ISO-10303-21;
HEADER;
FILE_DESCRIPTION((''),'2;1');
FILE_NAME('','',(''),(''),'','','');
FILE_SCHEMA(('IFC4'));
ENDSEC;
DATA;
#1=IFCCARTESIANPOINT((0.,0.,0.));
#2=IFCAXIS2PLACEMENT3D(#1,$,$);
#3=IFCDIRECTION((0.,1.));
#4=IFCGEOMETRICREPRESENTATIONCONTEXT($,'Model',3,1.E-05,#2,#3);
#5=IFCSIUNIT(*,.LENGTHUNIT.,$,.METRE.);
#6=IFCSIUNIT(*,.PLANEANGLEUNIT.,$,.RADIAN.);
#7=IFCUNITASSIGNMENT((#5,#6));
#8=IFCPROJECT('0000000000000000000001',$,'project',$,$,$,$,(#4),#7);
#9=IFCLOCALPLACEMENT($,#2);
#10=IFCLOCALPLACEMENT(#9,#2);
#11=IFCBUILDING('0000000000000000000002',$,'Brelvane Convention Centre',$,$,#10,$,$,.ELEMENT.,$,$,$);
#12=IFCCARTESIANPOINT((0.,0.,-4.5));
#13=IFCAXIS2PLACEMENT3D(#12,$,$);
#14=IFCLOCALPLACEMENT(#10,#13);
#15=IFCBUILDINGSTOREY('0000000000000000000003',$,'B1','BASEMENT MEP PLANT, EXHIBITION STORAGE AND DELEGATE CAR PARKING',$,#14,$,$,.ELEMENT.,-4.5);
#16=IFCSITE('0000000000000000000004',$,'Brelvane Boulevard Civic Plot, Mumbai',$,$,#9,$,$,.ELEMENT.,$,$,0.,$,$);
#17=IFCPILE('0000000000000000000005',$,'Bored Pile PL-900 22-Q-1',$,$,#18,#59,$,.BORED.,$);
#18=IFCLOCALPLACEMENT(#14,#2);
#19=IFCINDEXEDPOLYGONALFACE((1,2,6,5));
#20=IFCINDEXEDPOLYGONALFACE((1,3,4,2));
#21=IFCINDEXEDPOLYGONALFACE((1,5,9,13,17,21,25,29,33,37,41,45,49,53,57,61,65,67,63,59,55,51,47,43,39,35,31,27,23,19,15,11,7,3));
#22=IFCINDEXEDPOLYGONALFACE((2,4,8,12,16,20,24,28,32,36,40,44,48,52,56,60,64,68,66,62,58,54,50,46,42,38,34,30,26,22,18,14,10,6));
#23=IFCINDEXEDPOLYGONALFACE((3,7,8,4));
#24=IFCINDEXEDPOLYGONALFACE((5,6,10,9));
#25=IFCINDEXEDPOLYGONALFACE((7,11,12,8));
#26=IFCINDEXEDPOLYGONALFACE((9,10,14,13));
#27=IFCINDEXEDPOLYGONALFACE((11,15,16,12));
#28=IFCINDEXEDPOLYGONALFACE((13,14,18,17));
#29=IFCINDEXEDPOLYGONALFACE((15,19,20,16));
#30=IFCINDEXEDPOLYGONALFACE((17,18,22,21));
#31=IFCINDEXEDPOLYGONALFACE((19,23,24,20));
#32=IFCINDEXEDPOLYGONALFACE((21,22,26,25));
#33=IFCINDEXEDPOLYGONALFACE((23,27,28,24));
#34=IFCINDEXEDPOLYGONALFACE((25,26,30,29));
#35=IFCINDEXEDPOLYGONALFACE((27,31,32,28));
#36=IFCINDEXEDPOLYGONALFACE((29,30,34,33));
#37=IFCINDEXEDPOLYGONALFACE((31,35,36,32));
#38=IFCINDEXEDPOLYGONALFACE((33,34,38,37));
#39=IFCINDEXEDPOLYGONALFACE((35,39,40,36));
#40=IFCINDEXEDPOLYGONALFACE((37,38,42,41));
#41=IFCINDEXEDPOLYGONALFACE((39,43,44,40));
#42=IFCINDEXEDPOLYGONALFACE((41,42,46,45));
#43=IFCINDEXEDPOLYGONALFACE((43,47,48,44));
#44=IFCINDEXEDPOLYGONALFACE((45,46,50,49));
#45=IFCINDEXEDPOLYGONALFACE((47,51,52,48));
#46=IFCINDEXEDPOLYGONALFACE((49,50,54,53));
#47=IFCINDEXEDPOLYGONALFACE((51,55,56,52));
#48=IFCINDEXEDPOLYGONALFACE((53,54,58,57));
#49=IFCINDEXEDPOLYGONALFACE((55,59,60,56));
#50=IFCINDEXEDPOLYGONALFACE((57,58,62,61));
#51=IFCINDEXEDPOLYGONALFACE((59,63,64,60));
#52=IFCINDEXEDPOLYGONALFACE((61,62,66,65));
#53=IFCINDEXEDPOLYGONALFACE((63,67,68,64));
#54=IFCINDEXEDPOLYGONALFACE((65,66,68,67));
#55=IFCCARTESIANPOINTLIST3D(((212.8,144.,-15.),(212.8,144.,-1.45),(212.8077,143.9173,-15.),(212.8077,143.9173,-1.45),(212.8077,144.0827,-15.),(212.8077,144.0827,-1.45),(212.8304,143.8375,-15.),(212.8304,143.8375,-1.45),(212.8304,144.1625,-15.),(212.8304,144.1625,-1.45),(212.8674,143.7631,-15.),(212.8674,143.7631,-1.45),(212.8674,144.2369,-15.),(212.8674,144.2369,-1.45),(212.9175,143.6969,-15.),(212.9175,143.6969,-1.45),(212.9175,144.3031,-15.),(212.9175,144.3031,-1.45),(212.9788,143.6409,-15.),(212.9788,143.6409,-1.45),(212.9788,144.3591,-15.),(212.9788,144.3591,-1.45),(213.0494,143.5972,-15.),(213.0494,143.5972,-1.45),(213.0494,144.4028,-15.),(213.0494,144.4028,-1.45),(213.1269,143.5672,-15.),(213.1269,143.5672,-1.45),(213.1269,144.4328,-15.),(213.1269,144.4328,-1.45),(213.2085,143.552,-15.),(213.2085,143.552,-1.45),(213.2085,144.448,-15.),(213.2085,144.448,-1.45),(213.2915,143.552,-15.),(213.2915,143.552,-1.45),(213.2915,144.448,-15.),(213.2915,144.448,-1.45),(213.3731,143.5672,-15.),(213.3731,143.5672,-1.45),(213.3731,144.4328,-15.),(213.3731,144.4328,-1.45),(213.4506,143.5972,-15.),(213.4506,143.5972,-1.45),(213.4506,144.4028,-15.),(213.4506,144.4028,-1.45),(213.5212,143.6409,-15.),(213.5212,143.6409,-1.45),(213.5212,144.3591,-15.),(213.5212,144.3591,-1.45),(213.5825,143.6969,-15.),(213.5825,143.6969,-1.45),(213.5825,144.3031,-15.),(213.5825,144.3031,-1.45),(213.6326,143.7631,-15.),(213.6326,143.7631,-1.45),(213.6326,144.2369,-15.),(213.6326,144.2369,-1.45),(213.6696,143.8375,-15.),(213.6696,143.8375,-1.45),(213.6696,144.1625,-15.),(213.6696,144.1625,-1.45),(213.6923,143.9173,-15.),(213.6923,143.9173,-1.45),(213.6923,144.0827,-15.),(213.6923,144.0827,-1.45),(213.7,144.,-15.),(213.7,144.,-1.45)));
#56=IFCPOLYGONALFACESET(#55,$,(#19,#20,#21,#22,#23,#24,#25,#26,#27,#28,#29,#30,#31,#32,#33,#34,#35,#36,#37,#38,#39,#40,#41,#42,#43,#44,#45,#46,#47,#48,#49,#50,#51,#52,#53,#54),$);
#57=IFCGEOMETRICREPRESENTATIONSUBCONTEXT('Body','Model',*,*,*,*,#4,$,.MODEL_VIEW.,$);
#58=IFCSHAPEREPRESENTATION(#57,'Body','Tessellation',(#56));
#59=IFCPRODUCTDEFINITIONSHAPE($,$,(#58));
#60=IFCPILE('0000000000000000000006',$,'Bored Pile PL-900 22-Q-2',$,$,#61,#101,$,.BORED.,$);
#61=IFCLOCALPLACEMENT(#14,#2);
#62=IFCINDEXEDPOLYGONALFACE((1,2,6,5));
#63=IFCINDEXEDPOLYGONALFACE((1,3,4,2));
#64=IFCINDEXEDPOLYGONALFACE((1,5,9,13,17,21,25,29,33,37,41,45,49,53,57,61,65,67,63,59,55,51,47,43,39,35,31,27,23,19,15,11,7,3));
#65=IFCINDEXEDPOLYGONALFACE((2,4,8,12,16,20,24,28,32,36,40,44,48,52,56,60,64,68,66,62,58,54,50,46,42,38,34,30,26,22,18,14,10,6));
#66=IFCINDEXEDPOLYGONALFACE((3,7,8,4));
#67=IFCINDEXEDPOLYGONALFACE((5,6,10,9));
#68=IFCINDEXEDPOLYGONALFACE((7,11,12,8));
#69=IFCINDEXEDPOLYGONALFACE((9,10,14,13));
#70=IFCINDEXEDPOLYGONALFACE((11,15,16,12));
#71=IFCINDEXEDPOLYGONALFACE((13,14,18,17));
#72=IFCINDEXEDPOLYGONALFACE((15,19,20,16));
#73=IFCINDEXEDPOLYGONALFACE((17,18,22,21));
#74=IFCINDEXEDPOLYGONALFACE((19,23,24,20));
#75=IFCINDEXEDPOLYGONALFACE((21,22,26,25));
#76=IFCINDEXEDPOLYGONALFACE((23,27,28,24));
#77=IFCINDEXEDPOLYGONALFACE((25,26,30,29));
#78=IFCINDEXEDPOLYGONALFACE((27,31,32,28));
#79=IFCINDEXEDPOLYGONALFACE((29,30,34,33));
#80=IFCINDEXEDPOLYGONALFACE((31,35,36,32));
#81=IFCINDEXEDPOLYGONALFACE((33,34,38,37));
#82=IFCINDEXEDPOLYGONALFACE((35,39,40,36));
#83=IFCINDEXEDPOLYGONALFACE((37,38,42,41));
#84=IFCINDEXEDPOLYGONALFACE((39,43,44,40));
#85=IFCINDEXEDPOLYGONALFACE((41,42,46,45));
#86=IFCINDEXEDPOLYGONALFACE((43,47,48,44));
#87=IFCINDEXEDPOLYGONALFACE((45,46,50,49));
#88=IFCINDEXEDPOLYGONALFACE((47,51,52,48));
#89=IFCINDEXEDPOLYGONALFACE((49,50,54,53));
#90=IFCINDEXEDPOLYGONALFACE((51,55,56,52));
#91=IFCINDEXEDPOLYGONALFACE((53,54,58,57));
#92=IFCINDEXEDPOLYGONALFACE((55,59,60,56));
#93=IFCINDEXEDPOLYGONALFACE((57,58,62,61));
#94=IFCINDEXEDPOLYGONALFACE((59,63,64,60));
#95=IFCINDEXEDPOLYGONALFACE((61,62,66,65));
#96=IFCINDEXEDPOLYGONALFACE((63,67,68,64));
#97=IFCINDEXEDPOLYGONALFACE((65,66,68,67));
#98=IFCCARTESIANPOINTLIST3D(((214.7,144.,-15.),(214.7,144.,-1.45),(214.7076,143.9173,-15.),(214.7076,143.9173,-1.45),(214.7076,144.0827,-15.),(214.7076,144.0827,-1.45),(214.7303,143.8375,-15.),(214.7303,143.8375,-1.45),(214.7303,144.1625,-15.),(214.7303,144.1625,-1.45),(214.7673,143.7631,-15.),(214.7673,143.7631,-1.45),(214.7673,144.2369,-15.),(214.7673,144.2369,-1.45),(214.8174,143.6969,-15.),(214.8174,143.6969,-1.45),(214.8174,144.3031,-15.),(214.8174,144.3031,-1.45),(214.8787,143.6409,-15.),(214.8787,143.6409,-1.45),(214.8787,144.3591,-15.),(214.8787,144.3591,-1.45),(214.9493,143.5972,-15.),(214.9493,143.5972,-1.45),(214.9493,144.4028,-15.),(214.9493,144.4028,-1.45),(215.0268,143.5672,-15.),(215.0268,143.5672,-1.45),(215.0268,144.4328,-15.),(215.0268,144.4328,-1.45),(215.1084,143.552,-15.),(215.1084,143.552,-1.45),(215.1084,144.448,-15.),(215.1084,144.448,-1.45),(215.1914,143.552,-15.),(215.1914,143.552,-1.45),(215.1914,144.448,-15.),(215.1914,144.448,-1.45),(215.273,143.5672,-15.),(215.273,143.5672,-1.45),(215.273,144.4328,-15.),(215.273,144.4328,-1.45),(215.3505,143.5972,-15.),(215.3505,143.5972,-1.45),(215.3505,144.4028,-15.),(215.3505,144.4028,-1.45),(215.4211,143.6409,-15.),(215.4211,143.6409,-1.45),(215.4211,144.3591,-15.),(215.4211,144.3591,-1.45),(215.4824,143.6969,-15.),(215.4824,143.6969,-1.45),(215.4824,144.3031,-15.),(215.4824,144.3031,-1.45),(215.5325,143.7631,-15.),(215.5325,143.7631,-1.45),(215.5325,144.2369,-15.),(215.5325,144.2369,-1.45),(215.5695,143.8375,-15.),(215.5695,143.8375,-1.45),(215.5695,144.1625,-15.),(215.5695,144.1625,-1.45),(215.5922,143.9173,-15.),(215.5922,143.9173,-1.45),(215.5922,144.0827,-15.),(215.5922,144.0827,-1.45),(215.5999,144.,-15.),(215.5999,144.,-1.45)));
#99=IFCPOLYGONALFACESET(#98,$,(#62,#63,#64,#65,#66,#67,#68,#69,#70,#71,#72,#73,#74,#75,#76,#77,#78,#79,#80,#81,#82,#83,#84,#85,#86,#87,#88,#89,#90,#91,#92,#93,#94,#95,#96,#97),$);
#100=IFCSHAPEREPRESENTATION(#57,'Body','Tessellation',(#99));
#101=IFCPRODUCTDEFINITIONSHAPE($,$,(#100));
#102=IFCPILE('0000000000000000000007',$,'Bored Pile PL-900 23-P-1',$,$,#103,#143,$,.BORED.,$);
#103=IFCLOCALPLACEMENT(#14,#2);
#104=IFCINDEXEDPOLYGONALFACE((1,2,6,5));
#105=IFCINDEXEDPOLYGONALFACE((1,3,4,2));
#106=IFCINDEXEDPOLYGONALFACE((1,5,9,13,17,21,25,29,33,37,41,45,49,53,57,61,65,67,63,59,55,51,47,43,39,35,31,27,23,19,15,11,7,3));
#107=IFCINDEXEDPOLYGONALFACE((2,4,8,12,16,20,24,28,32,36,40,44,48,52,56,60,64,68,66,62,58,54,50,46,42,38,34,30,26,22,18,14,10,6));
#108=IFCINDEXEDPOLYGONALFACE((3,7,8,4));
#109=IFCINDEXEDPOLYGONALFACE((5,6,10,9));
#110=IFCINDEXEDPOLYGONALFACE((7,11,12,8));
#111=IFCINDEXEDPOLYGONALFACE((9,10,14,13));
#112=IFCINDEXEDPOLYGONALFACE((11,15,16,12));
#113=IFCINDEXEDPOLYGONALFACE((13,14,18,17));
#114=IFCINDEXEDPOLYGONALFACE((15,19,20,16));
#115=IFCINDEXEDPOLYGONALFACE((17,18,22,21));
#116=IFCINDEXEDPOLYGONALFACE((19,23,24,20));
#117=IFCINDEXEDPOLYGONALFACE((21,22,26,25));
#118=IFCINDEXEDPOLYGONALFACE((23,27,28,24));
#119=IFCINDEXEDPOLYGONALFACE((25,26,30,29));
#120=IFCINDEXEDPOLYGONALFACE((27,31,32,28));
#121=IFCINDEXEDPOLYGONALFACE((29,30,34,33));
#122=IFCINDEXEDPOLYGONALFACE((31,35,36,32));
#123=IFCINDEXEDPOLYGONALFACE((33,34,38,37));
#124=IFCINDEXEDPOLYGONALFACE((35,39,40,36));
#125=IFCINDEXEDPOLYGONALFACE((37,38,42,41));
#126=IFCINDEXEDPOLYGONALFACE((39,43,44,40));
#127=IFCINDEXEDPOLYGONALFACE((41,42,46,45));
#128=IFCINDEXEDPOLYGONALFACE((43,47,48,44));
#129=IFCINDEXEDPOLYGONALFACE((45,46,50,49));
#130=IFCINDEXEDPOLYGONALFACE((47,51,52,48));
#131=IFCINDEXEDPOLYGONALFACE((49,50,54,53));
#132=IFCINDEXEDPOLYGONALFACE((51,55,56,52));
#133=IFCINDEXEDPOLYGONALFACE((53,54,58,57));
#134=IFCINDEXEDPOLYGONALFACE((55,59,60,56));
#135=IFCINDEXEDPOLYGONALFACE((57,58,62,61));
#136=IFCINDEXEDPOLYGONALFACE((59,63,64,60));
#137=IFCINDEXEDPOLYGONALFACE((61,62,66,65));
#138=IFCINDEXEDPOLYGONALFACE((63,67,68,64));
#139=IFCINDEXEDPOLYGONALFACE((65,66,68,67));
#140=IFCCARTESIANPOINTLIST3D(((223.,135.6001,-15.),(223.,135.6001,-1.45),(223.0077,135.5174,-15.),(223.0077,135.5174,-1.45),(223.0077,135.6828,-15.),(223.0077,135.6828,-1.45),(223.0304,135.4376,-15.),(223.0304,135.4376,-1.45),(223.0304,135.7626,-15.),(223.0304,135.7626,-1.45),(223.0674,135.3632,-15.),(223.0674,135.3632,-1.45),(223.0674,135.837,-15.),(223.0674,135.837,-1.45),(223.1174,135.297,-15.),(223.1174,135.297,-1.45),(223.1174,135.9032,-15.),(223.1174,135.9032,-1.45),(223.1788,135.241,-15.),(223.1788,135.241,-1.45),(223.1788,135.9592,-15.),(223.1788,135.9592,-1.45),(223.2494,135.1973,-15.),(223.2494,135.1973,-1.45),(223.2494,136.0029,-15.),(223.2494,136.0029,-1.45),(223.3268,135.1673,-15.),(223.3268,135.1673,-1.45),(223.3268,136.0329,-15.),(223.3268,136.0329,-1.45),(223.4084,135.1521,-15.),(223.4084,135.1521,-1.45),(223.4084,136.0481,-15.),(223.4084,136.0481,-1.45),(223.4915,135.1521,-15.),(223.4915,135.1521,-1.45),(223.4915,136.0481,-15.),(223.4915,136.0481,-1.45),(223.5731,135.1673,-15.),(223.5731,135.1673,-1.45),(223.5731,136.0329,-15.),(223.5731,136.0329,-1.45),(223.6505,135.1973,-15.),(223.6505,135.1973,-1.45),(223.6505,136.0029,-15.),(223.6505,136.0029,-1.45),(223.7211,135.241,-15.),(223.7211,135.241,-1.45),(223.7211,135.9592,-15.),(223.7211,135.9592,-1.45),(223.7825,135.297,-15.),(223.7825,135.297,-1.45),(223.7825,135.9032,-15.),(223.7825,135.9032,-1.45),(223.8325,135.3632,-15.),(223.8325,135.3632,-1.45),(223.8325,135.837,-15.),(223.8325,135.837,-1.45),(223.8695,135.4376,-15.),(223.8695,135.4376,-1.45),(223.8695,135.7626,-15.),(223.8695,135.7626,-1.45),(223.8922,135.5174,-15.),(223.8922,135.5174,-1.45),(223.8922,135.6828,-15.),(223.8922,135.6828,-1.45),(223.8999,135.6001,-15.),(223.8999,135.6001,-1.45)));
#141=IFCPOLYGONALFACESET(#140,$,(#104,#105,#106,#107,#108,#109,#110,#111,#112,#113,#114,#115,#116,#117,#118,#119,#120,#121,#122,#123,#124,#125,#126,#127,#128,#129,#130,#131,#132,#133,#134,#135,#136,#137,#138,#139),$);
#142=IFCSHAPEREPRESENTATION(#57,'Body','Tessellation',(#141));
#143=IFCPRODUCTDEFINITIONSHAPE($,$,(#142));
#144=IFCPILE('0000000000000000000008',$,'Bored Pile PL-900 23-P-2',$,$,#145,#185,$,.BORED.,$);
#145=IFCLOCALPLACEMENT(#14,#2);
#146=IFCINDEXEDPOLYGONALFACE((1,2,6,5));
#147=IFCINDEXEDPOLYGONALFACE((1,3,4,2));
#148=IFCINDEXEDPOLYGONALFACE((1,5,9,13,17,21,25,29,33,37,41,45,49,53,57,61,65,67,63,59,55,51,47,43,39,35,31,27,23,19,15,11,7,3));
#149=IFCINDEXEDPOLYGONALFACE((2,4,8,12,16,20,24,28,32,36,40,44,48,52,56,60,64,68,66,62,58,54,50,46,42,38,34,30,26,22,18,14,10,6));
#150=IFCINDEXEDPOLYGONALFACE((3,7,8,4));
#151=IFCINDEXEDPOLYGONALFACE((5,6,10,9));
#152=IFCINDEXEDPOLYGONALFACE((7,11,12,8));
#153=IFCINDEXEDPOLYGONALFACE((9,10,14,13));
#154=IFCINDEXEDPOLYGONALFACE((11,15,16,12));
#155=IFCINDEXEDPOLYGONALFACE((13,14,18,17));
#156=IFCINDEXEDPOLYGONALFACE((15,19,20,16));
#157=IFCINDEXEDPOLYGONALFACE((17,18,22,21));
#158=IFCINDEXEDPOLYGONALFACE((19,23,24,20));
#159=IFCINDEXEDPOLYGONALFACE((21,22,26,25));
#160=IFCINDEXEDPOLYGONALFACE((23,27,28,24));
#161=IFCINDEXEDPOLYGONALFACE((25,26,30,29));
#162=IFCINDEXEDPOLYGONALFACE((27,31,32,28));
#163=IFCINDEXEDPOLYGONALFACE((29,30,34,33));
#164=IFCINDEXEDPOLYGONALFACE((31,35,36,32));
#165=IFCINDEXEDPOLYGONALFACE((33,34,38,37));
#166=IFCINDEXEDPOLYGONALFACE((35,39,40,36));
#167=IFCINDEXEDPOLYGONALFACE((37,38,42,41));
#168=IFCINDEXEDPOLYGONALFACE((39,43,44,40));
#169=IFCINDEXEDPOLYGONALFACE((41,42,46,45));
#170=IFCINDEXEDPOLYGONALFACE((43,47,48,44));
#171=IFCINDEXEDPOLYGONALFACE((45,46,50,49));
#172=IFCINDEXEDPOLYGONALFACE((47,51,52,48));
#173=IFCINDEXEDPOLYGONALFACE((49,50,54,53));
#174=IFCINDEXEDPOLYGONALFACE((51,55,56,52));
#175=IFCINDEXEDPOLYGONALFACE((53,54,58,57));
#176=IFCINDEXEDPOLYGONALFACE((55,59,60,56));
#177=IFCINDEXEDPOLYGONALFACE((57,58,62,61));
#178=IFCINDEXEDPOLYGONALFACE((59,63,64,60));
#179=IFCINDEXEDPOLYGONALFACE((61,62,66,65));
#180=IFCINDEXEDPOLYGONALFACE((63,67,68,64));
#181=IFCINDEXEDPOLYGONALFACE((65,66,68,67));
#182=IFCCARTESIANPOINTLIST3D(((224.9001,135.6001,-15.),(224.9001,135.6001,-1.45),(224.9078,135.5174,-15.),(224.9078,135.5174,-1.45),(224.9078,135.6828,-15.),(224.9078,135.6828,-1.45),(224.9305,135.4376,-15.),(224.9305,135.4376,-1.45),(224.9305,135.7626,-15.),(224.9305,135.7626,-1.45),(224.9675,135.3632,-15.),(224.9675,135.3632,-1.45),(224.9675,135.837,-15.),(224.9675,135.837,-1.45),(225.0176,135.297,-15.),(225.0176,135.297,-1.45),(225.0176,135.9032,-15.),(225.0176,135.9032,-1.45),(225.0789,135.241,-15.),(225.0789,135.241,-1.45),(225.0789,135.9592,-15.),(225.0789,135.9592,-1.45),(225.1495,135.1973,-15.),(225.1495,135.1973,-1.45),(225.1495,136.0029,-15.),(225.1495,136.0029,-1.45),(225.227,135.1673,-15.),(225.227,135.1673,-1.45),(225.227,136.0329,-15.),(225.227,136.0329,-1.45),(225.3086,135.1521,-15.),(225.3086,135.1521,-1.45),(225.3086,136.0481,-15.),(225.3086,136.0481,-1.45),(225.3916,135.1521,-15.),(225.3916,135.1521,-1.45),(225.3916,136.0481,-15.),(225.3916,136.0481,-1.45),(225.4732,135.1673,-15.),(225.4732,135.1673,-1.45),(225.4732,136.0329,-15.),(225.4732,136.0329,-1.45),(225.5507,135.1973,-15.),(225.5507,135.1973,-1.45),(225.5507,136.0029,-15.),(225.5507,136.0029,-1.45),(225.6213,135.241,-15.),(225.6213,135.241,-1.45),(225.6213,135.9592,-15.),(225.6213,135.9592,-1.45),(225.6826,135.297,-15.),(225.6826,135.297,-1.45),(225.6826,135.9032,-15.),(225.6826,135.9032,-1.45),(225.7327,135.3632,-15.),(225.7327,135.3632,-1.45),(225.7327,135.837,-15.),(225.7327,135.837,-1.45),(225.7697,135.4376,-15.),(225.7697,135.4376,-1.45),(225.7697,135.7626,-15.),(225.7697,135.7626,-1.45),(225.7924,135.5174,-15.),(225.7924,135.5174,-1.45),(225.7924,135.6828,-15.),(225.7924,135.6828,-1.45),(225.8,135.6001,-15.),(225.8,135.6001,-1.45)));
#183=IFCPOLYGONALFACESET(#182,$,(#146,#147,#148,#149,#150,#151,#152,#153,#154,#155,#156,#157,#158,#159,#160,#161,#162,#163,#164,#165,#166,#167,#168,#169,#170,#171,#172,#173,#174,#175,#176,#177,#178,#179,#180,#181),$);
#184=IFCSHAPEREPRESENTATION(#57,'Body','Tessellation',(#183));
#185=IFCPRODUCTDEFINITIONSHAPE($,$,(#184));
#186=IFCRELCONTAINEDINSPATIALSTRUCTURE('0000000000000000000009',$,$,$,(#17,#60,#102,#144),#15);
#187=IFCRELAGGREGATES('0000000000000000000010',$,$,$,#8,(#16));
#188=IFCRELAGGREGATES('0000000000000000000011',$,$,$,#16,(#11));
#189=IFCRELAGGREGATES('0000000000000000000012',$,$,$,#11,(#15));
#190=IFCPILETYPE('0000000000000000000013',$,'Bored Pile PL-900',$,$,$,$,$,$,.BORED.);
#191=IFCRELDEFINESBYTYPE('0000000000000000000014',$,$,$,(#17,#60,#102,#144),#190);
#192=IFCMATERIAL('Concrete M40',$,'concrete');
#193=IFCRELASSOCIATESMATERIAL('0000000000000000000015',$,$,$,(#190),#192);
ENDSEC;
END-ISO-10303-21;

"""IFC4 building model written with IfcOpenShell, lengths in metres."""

from ifc_helpers import new_model, si_unit, direction, frame, origin, origin_2d, place, context, subcontext, project, spatial, circle, extrude, material, material_profile, profile_set, type_object, element, save


model = new_model("IFC4")

# Units and contexts
model_context = context("Model", 3, precision=1e-05, world=origin(), true_north=direction((0.0, 1.0)))
body_context = subcontext(model_context, "Body", "Model", "MODEL_VIEW")
ifc_project = project(units=[si_unit("LENGTHUNIT", "METRE"), si_unit("PLANEANGLEUNIT", "RADIAN")], contexts=[model_context])

# Site, building, storey
site_placement = place(None, origin())
site = spatial("IfcSite", under=ifc_project, at=site_placement, Name="Brelvane Boulevard Civic Plot, Mumbai", CompositionType="ELEMENT", RefElevation=0.0)
building_placement = place(site_placement, origin())
building = spatial("IfcBuilding", under=site, at=building_placement, Name="Brelvane Convention Centre", CompositionType="ELEMENT")
storey_placement = place(building_placement, frame((0.0, 0.0, -4.5)))
storey = spatial("IfcBuildingStorey", under=building, at=storey_placement, Name="B1", Description="BASEMENT MEP PLANT, EXHIBITION STORAGE AND DELEGATE CAR PARKING", CompositionType="ELEMENT", Elevation=-4.5)

# Piles
ifc_material_1 = material(Name="Concrete M40", Category="concrete")
ifc_material_profile_1 = material_profile(ifc_material_1, circle(Radius=0.45, at=origin_2d()), Name="PILE D900")
ifc_profile_set_1 = profile_set([ifc_material_profile_1], Name="Concrete M40")
pile_type = type_object("IfcPileType", Name="Bored Pile PL-900", PredefinedType="BORED", material=ifc_profile_set_1)
for number, where, z_axis, x_axis, name in (
    (1, (213.25, 144.0, -1.45), (0.0, 0.0, -1.0), (1.0, 0.0, 0.0), "Bored Pile PL-900 22-Q-1"),
    (2, (215.1499, 144.0, -1.45), (0.0, 0.0, -1.0), (1.0, 0.0, 0.0), "Bored Pile PL-900 22-Q-2"),
    (3, (223.45, 135.6001, -1.45), (0.0, 0.0, -1.0), (1.0, 0.0, 0.0), "Bored Pile PL-900 23-P-1"),
    (4, (225.3501, 135.6001, -1.45), (0.0, 0.0, -1.0), (1.0, 0.0, 0.0), "Bored Pile PL-900 23-P-2"),
):
    element("IfcPile", number, at=place(storey_placement, frame(where, z_axis=z_axis, x_axis=x_axis)), inside=storey, type_object=pile_type, Name=name, PredefinedType="BORED", context=body_context, shape_type="SweptSolid", body=[
        extrude(circle(Radius=0.45, at=origin_2d()), origin(), (0.0, 0.0, 1.0), 13.55),
    ])

save(model, "model.ifc")
